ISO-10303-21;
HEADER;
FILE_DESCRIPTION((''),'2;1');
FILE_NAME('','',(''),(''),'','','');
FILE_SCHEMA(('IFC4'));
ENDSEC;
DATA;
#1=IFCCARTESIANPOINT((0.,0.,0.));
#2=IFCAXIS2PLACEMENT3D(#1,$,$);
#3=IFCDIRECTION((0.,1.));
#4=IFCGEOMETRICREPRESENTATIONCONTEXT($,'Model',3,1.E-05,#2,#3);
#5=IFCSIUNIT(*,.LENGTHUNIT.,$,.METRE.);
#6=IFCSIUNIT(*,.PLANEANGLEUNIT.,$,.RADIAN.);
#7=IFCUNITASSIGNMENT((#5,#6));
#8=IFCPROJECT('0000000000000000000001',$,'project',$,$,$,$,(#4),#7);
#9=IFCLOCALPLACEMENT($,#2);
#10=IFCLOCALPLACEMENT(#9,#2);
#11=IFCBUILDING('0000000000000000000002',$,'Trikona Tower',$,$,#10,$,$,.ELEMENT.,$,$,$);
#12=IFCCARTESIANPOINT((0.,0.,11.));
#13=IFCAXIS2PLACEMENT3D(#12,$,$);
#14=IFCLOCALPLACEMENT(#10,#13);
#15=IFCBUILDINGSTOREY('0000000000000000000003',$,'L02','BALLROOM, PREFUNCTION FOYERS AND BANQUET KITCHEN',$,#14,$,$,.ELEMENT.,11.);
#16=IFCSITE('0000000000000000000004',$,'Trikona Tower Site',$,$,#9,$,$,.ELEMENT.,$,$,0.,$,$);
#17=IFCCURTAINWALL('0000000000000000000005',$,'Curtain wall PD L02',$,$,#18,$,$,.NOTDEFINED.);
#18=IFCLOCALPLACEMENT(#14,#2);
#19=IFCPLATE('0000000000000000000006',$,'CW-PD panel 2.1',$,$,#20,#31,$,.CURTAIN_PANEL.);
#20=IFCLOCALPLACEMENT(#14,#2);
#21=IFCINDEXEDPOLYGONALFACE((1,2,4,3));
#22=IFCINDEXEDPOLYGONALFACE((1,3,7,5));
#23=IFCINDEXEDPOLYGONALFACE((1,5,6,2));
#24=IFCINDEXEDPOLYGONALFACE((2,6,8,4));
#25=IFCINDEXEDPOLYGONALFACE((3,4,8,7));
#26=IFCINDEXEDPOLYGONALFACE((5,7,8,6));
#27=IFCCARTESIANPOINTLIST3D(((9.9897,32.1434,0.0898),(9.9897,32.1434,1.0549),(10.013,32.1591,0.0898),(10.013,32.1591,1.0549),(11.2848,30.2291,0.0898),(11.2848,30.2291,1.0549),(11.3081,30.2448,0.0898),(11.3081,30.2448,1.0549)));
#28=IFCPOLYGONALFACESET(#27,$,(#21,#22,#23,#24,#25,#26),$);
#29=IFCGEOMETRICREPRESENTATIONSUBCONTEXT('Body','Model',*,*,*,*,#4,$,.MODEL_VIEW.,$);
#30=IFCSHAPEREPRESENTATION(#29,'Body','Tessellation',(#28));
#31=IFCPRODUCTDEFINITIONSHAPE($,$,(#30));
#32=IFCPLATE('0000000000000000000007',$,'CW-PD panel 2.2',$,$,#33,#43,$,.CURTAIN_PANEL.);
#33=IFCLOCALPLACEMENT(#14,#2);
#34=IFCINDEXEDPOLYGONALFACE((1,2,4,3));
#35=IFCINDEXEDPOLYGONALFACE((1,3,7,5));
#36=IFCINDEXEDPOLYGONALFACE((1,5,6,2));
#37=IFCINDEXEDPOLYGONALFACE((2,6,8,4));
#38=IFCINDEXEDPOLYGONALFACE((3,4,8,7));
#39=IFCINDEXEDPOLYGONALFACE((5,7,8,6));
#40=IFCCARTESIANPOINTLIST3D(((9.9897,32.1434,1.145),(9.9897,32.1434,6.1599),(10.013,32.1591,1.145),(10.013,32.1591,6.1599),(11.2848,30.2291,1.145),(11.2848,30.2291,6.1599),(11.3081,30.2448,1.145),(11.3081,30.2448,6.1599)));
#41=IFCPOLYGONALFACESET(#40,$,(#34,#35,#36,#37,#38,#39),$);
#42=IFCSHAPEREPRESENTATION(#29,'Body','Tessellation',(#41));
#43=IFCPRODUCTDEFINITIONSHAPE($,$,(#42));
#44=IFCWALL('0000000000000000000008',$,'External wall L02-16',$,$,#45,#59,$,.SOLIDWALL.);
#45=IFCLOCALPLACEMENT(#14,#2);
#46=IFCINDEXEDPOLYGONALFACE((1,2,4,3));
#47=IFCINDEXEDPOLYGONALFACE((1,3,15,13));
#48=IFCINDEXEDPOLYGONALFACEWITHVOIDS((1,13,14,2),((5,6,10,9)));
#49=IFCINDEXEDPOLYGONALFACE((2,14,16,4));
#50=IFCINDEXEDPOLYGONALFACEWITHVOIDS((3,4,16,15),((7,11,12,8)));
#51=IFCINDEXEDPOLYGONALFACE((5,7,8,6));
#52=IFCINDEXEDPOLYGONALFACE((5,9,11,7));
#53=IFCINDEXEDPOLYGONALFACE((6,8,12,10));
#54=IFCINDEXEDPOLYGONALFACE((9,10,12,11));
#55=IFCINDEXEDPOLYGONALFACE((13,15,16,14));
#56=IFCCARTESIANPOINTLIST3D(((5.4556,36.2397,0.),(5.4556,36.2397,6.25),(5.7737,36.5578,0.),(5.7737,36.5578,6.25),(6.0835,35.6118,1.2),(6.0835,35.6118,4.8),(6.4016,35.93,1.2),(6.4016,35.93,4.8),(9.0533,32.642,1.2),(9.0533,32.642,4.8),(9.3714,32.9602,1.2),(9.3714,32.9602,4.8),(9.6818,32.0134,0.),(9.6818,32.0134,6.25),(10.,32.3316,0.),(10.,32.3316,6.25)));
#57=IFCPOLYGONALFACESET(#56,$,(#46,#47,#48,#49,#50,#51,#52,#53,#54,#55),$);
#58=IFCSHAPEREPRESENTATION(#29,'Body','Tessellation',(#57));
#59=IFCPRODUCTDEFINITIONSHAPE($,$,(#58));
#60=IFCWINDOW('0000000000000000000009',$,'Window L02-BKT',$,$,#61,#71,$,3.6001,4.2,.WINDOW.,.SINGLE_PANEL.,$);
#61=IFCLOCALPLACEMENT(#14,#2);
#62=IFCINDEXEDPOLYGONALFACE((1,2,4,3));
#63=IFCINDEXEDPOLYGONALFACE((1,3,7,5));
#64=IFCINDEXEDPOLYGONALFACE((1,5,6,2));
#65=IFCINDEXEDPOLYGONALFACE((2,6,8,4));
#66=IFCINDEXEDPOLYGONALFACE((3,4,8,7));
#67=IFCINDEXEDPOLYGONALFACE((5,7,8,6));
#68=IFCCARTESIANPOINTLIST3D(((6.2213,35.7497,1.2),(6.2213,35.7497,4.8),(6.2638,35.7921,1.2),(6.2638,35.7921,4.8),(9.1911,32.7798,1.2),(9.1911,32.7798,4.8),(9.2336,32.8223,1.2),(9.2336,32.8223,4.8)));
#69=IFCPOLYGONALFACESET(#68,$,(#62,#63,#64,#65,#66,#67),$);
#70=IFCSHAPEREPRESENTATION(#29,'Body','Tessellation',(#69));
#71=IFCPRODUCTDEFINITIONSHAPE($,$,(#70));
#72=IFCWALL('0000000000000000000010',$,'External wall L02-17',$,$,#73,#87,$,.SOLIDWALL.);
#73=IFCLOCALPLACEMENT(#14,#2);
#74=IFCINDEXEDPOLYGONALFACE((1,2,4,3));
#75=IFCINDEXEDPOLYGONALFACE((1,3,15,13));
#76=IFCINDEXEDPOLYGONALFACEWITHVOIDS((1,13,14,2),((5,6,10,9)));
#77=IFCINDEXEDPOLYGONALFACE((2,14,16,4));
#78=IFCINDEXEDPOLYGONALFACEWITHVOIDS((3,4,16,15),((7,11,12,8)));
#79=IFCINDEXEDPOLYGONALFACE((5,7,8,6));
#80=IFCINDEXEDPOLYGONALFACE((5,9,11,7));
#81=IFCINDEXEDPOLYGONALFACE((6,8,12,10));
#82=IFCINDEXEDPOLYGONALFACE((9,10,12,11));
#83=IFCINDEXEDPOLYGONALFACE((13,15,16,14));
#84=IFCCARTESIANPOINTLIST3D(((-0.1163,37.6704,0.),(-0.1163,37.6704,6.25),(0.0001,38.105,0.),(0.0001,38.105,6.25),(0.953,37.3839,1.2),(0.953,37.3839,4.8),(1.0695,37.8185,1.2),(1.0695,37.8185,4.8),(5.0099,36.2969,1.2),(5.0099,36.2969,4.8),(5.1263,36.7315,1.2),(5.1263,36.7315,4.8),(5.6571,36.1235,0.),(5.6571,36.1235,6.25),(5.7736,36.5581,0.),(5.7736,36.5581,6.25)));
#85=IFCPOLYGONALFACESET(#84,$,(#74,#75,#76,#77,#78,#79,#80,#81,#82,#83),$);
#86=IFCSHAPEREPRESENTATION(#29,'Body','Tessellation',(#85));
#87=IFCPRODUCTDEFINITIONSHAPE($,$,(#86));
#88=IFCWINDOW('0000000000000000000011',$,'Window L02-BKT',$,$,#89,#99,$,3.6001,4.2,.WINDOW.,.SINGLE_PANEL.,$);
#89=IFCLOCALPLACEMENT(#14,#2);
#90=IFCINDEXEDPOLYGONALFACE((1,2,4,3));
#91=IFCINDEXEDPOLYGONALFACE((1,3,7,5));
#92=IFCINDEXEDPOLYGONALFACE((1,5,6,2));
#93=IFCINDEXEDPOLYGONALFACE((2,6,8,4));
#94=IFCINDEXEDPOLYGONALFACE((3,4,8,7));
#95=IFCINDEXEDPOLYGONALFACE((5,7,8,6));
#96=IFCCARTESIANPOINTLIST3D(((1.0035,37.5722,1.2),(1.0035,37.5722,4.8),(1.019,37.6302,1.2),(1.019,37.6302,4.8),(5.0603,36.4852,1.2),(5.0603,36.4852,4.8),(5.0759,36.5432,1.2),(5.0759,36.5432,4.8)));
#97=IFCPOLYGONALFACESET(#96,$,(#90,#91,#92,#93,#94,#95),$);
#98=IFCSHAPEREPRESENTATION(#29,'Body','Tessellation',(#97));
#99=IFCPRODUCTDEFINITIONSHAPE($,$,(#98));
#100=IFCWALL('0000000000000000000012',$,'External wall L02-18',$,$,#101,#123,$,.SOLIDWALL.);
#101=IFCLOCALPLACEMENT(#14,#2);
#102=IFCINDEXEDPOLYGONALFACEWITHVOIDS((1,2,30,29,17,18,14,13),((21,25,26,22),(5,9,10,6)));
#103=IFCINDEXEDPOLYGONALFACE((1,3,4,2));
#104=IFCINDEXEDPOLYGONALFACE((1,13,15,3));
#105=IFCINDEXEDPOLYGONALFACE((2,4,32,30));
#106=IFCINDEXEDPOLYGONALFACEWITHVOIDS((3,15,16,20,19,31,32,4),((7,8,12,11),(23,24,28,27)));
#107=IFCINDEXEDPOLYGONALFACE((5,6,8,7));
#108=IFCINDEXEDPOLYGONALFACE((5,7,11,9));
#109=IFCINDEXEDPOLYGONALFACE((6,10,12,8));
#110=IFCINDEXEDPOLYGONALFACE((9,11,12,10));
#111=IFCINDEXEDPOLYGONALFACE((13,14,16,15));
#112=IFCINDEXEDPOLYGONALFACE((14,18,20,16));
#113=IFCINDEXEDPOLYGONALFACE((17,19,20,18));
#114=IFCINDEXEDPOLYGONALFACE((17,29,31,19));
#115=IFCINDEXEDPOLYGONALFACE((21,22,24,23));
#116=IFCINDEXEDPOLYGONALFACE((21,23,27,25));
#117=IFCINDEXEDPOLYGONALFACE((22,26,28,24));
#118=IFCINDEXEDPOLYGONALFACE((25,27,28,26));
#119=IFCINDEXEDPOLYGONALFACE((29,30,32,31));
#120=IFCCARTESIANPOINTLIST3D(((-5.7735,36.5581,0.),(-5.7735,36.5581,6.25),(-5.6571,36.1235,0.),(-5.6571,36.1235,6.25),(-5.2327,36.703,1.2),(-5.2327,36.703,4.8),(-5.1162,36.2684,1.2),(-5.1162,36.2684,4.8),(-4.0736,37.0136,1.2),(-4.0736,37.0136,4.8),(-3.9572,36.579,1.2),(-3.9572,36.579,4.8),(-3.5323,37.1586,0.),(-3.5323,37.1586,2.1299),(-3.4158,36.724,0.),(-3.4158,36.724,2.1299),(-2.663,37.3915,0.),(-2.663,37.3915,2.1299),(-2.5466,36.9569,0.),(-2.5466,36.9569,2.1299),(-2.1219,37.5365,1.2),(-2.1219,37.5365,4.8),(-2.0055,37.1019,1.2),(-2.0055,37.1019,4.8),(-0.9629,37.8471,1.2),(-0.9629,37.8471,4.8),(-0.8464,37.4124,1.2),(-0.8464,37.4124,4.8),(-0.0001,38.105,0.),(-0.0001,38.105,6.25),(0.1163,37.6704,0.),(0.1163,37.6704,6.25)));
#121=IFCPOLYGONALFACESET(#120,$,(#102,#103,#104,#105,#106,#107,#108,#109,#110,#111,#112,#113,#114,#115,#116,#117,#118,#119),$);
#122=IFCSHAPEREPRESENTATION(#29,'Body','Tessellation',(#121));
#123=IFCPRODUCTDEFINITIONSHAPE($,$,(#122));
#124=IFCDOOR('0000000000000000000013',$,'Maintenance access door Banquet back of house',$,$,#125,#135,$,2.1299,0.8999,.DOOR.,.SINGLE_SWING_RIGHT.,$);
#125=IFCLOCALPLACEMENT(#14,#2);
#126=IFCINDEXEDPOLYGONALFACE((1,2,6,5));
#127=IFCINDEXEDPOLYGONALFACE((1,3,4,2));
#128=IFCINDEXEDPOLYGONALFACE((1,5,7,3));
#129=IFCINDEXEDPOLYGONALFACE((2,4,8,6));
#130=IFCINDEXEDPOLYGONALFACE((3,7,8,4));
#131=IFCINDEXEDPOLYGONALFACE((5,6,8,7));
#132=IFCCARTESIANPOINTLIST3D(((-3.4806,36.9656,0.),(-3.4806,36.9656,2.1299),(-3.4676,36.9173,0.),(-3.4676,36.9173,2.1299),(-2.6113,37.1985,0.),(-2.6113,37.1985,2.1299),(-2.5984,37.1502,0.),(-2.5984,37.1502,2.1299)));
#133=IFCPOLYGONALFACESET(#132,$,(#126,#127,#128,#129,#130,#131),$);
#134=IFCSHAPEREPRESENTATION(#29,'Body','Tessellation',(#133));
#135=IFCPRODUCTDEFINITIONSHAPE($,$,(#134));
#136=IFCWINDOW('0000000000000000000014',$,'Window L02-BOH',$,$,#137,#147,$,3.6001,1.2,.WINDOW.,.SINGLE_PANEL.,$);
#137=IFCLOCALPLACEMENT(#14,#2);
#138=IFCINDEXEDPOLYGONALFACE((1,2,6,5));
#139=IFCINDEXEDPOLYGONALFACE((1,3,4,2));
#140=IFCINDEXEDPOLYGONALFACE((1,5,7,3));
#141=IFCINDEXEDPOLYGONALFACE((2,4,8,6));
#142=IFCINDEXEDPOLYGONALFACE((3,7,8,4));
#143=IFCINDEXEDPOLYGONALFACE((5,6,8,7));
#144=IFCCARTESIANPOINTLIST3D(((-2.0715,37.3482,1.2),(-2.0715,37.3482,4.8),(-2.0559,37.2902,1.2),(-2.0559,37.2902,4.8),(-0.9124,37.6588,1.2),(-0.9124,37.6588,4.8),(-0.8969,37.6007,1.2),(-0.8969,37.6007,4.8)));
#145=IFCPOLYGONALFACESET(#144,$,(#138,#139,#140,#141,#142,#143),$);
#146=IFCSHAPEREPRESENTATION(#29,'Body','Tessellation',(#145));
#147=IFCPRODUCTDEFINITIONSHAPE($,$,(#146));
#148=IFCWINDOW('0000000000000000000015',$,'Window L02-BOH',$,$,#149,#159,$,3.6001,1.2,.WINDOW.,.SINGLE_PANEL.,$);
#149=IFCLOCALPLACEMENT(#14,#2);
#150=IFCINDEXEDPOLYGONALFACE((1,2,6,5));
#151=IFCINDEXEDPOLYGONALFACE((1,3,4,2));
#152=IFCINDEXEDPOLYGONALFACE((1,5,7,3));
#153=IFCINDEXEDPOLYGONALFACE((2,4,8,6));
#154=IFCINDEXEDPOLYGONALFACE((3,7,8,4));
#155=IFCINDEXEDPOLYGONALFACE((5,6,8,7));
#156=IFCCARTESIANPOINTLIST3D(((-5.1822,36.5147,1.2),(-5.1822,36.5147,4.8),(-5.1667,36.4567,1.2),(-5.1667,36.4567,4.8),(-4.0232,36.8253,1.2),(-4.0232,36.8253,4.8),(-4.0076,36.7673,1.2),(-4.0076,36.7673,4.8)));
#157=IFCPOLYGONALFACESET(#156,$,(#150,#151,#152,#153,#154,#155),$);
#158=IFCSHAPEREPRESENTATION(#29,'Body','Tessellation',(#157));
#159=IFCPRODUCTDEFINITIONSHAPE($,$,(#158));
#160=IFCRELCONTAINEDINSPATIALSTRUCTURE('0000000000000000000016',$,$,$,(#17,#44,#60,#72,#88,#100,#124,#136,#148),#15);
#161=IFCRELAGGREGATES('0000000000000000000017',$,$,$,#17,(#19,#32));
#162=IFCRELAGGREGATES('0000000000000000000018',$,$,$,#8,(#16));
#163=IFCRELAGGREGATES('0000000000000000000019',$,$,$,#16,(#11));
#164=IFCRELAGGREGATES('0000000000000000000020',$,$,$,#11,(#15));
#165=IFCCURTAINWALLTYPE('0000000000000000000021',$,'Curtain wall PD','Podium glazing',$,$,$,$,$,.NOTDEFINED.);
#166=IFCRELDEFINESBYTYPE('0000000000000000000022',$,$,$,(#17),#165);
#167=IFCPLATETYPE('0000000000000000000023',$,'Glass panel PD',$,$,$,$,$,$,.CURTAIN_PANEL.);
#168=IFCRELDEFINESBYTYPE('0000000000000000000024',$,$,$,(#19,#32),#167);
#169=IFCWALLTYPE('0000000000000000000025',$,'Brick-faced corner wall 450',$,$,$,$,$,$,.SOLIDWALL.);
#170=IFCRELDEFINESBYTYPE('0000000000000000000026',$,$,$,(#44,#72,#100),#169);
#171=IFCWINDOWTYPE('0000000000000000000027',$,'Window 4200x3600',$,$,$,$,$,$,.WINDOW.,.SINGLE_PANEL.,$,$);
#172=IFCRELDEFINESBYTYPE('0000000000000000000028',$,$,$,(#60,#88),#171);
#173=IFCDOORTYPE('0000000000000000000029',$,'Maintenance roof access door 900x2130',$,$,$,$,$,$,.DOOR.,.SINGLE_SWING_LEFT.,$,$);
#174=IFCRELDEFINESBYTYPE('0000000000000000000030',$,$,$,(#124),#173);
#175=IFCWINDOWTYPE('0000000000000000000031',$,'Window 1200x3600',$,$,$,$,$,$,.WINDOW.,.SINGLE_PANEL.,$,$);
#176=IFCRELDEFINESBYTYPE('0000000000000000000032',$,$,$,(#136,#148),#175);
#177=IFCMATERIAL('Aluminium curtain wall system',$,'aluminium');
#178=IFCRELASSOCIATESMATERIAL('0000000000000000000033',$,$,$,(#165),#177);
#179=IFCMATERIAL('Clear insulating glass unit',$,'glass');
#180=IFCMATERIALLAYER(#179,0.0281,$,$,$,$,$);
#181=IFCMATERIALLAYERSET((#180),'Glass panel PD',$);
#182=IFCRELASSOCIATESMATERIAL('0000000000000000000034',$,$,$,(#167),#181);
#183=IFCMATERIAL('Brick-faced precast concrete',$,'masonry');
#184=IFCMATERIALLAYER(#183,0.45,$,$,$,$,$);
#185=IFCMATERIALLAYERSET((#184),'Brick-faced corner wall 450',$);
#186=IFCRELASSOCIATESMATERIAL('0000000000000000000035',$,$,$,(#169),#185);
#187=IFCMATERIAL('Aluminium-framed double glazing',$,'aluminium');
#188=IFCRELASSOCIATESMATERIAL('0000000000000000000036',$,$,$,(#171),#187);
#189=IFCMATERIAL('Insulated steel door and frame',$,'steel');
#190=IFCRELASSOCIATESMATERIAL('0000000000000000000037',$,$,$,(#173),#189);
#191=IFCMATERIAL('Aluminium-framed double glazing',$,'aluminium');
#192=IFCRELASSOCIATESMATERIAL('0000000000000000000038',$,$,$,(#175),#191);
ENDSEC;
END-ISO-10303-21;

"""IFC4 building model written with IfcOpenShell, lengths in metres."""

from ifc_helpers import new_model, si_unit, direction, frame, frame_2d, origin, origin_2d, place, context, subcontext, project, spatial, rectangle, extrude, material, layer, layer_set, type_object, element, fill, aggregate, save


model = new_model("IFC4")

# Units and contexts
model_context = context("Model", 3, precision=1e-05, world=origin(), true_north=direction((0.0, 1.0)))
body_context = subcontext(model_context, "Body", "Model", "MODEL_VIEW")
ifc_project = project(units=[si_unit("LENGTHUNIT", "METRE"), si_unit("PLANEANGLEUNIT", "RADIAN")], contexts=[model_context])

# Site, building, storey
site_placement = place(None, origin())
site = spatial("IfcSite", under=ifc_project, at=site_placement, Name="Trikona Tower Site", CompositionType="ELEMENT", RefElevation=0.0)
building_placement = place(site_placement, origin())
building = spatial("IfcBuilding", under=site, at=building_placement, Name="Trikona Tower", CompositionType="ELEMENT")
storey_placement = place(building_placement, frame((0.0, 0.0, 11.0)))
storey = spatial("IfcBuildingStorey", under=building, at=storey_placement, Name="L02", Description="BALLROOM, PREFUNCTION FOYERS AND BANQUET KITCHEN", CompositionType="ELEMENT", Elevation=11.0)

# Curtain wall
ifc_material_1 = material(Name="Aluminium curtain wall system", Category="aluminium")
curtain_wall_type = type_object("IfcCurtainWallType", Name="Curtain wall PD", Description="Podium glazing", PredefinedType="NOTDEFINED", material=ifc_material_1)
curtain_wall_placement = place(storey_placement, origin())
curtain_wall = element("IfcCurtainWall", 1, at=curtain_wall_placement, inside=storey, type_object=curtain_wall_type, Name="Curtain wall PD L02", PredefinedType="NOTDEFINED")

# Plates
ifc_material_2 = material(Name="Clear insulating glass unit", Category="glass")
ifc_layer_1 = layer(ifc_material_2, 0.0281)
ifc_layer_set_1 = layer_set([ifc_layer_1], Name="Glass panel PD")
plate_type = type_object("IfcPlateType", Name="Glass panel PD", PredefinedType="CURTAIN_PANEL", material=ifc_layer_set_1)
plate_1_placement = place(storey_placement, frame((10.6489, 31.1941, 0.0898), z_axis=(0.0, 0.0, 1.0), x_axis=(-0.560338, 0.828264, 0.0)))
plate_1 = element("IfcPlate", 2, at=plate_1_placement, type_object=plate_type, Name="CW-PD panel 2.1", PredefinedType="CURTAIN_PANEL", context=body_context, shape_type="SweptSolid", body=[
    extrude(rectangle(XDim=2.3113, YDim=0.0281, at=origin_2d()), origin(), (0.0, 0.0, 1.0), 0.9651),
])
plate_2_placement = place(storey_placement, frame((10.6489, 31.1941, 1.145), z_axis=(0.0, 0.0, 1.0), x_axis=(-0.560338, 0.828264, 0.0)))
plate_2 = element("IfcPlate", 3, at=plate_2_placement, type_object=plate_type, Name="CW-PD panel 2.2", PredefinedType="CURTAIN_PANEL", context=body_context, shape_type="SweptSolid", body=[
    extrude(rectangle(XDim=2.3113, YDim=0.0281, at=origin_2d()), origin(), (0.0, 0.0, 1.0), 5.0149),
])
aggregate(curtain_wall, [plate_1, plate_2])

# Walls, openings, windows
ifc_material_3 = material(Name="Brick-faced precast concrete", Category="masonry")
ifc_layer_2 = layer(ifc_material_3, 0.45)
ifc_layer_set_2 = layer_set([ifc_layer_2], Name="Brick-faced corner wall 450")
wall_type_1 = type_object("IfcWallType", Name="Brick-faced corner wall 450", PredefinedType="SOLIDWALL", material=ifc_layer_set_2)
wall_1_placement = place(storey_placement, frame((9.8408, 32.1726, 0.0), z_axis=(0.0, 0.0, 1.0), x_axis=(-0.707107, 0.707107, 0.0)))
wall_1 = element("IfcWall", 4, at=wall_1_placement, inside=storey, type_object=wall_type_1, Name="External wall L02-16", PredefinedType="SOLIDWALL", context=body_context, shape_type="SweptSolid", body=[
    extrude(rectangle(XDim=5.9768, YDim=0.45, at=frame_2d((2.9883, 0.0))), origin(), (0.0, 0.0, 1.0), 6.25),
])
opening_1_placement = place(wall_1_placement, frame((0.8887, 0.0, 1.2)))
opening_1 = element("IfcOpeningElement", 5, at=opening_1_placement, cuts=wall_1, PredefinedType="OPENING", context=body_context, shape_type="SweptSolid", body=[
    extrude(rectangle(XDim=4.2, YDim=3.6001, at=frame_2d((2.1001, 1.8))), frame((0.0, 0.2349, 0.0), z_axis=(0.0, -1.0, 0.0), x_axis=(1.0, 0.0, 0.0)), (0.0, 0.0, 1.0), 0.47),
])
ifc_material_4 = material(Name="Aluminium-framed double glazing", Category="aluminium")
window_type_1 = type_object("IfcWindowType", Name="Window 4200x3600", PartitioningType="SINGLE_PANEL", PredefinedType="WINDOW", material=ifc_material_4)
window_1_placement = place(opening_1_placement, origin())
window_1 = element("IfcWindow", 6, at=window_1_placement, inside=storey, type_object=window_type_1, Name="Window L02-BKT", OverallHeight=3.6001, OverallWidth=4.2, PartitioningType="SINGLE_PANEL", PredefinedType="WINDOW", context=body_context, shape_type="SweptSolid", body=[
    extrude(rectangle(XDim=4.2, YDim=3.6001, at=frame_2d((2.1001, 1.8))), frame((0.0, 0.03, 0.0), z_axis=(0.0, -1.0, 0.0), x_axis=(1.0, 0.0, 0.0)), (0.0, 0.0, 1.0), 0.0601),
])
fill(opening_1, window_1)
wall_2_placement = place(storey_placement, frame((5.7153, 36.3408, 0.0), z_axis=(0.0, 0.0, 1.0), x_axis=(-0.965931, 0.258801, 0.0)))
wall_2 = element("IfcWall", 7, at=wall_2_placement, inside=storey, type_object=wall_type_1, Name="External wall L02-17", PredefinedType="SOLIDWALL", context=body_context, shape_type="SweptSolid", body=[
    extrude(rectangle(XDim=5.9771, YDim=0.45, at=frame_2d((2.9885, 0.0))), origin(), (0.0, 0.0, 1.0), 6.25),
])
opening_2_placement = place(wall_2_placement, frame((0.6699, 0.0, 1.2)))
opening_2 = element("IfcOpeningElement", 8, at=opening_2_placement, cuts=wall_2, PredefinedType="OPENING", context=body_context, shape_type="SweptSolid", body=[
    extrude(rectangle(XDim=4.2, YDim=3.6001, at=frame_2d((2.1001, 1.8))), frame((0.0, 0.2349, 0.0), z_axis=(0.0, -1.0, 0.0), x_axis=(1.0, 0.0, 0.0)), (0.0, 0.0, 1.0), 0.47),
])
window_2_placement = place(opening_2_placement, origin())
window_2 = element("IfcWindow", 9, at=window_2_placement, inside=storey, type_object=window_type_1, Name="Window L02-BKT", OverallHeight=3.6001, OverallWidth=4.2, PartitioningType="SINGLE_PANEL", PredefinedType="WINDOW", context=body_context, shape_type="SweptSolid", body=[
    extrude(rectangle(XDim=4.2, YDim=3.6001, at=frame_2d((2.1001, 1.8))), frame((0.0, 0.03, 0.0), z_axis=(0.0, -1.0, 0.0), x_axis=(1.0, 0.0, 0.0)), (0.0, 0.0, 1.0), 0.0601),
])
fill(opening_2, window_2)

# Wall, openings, door, windows
wall_3_placement = place(storey_placement, frame((0.0581, 37.8877, 0.0), z_axis=(0.0, 0.0, 1.0), x_axis=(-0.965931, -0.258801, 0.0)))
wall_3 = element("IfcWall", 10, at=wall_3_placement, inside=storey, type_object=wall_type_1, Name="External wall L02-18", PredefinedType="SOLIDWALL", context=body_context, shape_type="SweptSolid", body=[
    extrude(rectangle(XDim=5.9771, YDim=0.45, at=frame_2d((2.9885, 0.0))), origin(), (0.0, 0.0, 1.0), 6.25),
])
opening_3_placement = place(wall_3_placement, frame((2.7568, 0.0, 0.0)))
opening_3 = element("IfcOpeningElement", 11, at=opening_3_placement, cuts=wall_3, PredefinedType="OPENING", context=body_context, shape_type="SweptSolid", body=[
    extrude(rectangle(XDim=0.8999, YDim=2.1299, at=frame_2d((0.45, 1.0649))), frame((0.0, 0.2349, 0.0), z_axis=(0.0, -1.0, 0.0), x_axis=(1.0, 0.0, 0.0)), (0.0, 0.0, 1.0), 0.47),
])
opening_4_placement = place(wall_3_placement, frame((0.9966, 0.0, 1.2)))
opening_4 = element("IfcOpeningElement", 12, at=opening_4_placement, cuts=wall_3, PredefinedType="OPENING", context=body_context, shape_type="SweptSolid", body=[
    extrude(rectangle(XDim=1.2, YDim=3.6001, at=frame_2d((0.6001, 1.8))), frame((0.0, 0.2349, 0.0), z_axis=(0.0, -1.0, 0.0), x_axis=(1.0, 0.0, 0.0)), (0.0, 0.0, 1.0), 0.47),
])
opening_5_placement = place(wall_3_placement, frame((4.217, 0.0, 1.2)))
opening_5 = element("IfcOpeningElement", 13, at=opening_5_placement, cuts=wall_3, PredefinedType="OPENING", context=body_context, shape_type="SweptSolid", body=[
    extrude(rectangle(XDim=1.2, YDim=3.6001, at=frame_2d((0.6001, 1.8))), frame((0.0, 0.2349, 0.0), z_axis=(0.0, -1.0, 0.0), x_axis=(1.0, 0.0, 0.0)), (0.0, 0.0, 1.0), 0.47),
])
ifc_material_5 = material(Name="Insulated steel door and frame", Category="steel")
door_type = type_object("IfcDoorType", Name="Maintenance roof access door 900x2130", OperationType="SINGLE_SWING_LEFT", PredefinedType="DOOR", material=ifc_material_5)
door_placement = place(opening_3_placement, origin())
door = element("IfcDoor", 14, at=door_placement, inside=storey, type_object=door_type, Name="Maintenance access door Banquet back of house", OperationType="SINGLE_SWING_RIGHT", OverallHeight=2.1299, OverallWidth=0.8999, PredefinedType="DOOR", context=body_context, shape_type="SweptSolid", body=[
    extrude(rectangle(XDim=0.8999, YDim=2.1299, at=frame_2d((0.45, 1.0649))), frame((0.0, 0.0249, 0.0), z_axis=(0.0, -1.0, 0.0), x_axis=(1.0, 0.0, 0.0)), (0.0, 0.0, 1.0), 0.05),
])
fill(opening_3, door)
ifc_material_6 = material(Name="Aluminium-framed double glazing", Category="aluminium")
window_type_2 = type_object("IfcWindowType", Name="Window 1200x3600", PartitioningType="SINGLE_PANEL", PredefinedType="WINDOW", material=ifc_material_6)
window_3_placement = place(opening_4_placement, origin())
window_3 = element("IfcWindow", 15, at=window_3_placement, inside=storey, type_object=window_type_2, Name="Window L02-BOH", OverallHeight=3.6001, OverallWidth=1.2, PartitioningType="SINGLE_PANEL", PredefinedType="WINDOW", context=body_context, shape_type="SweptSolid", body=[
    extrude(rectangle(XDim=1.2, YDim=3.6001, at=frame_2d((0.6001, 1.8))), frame((0.0, 0.03, 0.0), z_axis=(0.0, -1.0, 0.0), x_axis=(1.0, 0.0, 0.0)), (0.0, 0.0, 1.0), 0.0601),
])
fill(opening_4, window_3)
window_4_placement = place(opening_5_placement, origin())
window_4 = element("IfcWindow", 16, at=window_4_placement, inside=storey, type_object=window_type_2, Name="Window L02-BOH", OverallHeight=3.6001, OverallWidth=1.2, PartitioningType="SINGLE_PANEL", PredefinedType="WINDOW", context=body_context, shape_type="SweptSolid", body=[
    extrude(rectangle(XDim=1.2, YDim=3.6001, at=frame_2d((0.6001, 1.8))), frame((0.0, 0.03, 0.0), z_axis=(0.0, -1.0, 0.0), x_axis=(1.0, 0.0, 0.0)), (0.0, 0.0, 1.0), 0.0601),
])
fill(opening_5, window_4)

save(model, "model.ifc")
